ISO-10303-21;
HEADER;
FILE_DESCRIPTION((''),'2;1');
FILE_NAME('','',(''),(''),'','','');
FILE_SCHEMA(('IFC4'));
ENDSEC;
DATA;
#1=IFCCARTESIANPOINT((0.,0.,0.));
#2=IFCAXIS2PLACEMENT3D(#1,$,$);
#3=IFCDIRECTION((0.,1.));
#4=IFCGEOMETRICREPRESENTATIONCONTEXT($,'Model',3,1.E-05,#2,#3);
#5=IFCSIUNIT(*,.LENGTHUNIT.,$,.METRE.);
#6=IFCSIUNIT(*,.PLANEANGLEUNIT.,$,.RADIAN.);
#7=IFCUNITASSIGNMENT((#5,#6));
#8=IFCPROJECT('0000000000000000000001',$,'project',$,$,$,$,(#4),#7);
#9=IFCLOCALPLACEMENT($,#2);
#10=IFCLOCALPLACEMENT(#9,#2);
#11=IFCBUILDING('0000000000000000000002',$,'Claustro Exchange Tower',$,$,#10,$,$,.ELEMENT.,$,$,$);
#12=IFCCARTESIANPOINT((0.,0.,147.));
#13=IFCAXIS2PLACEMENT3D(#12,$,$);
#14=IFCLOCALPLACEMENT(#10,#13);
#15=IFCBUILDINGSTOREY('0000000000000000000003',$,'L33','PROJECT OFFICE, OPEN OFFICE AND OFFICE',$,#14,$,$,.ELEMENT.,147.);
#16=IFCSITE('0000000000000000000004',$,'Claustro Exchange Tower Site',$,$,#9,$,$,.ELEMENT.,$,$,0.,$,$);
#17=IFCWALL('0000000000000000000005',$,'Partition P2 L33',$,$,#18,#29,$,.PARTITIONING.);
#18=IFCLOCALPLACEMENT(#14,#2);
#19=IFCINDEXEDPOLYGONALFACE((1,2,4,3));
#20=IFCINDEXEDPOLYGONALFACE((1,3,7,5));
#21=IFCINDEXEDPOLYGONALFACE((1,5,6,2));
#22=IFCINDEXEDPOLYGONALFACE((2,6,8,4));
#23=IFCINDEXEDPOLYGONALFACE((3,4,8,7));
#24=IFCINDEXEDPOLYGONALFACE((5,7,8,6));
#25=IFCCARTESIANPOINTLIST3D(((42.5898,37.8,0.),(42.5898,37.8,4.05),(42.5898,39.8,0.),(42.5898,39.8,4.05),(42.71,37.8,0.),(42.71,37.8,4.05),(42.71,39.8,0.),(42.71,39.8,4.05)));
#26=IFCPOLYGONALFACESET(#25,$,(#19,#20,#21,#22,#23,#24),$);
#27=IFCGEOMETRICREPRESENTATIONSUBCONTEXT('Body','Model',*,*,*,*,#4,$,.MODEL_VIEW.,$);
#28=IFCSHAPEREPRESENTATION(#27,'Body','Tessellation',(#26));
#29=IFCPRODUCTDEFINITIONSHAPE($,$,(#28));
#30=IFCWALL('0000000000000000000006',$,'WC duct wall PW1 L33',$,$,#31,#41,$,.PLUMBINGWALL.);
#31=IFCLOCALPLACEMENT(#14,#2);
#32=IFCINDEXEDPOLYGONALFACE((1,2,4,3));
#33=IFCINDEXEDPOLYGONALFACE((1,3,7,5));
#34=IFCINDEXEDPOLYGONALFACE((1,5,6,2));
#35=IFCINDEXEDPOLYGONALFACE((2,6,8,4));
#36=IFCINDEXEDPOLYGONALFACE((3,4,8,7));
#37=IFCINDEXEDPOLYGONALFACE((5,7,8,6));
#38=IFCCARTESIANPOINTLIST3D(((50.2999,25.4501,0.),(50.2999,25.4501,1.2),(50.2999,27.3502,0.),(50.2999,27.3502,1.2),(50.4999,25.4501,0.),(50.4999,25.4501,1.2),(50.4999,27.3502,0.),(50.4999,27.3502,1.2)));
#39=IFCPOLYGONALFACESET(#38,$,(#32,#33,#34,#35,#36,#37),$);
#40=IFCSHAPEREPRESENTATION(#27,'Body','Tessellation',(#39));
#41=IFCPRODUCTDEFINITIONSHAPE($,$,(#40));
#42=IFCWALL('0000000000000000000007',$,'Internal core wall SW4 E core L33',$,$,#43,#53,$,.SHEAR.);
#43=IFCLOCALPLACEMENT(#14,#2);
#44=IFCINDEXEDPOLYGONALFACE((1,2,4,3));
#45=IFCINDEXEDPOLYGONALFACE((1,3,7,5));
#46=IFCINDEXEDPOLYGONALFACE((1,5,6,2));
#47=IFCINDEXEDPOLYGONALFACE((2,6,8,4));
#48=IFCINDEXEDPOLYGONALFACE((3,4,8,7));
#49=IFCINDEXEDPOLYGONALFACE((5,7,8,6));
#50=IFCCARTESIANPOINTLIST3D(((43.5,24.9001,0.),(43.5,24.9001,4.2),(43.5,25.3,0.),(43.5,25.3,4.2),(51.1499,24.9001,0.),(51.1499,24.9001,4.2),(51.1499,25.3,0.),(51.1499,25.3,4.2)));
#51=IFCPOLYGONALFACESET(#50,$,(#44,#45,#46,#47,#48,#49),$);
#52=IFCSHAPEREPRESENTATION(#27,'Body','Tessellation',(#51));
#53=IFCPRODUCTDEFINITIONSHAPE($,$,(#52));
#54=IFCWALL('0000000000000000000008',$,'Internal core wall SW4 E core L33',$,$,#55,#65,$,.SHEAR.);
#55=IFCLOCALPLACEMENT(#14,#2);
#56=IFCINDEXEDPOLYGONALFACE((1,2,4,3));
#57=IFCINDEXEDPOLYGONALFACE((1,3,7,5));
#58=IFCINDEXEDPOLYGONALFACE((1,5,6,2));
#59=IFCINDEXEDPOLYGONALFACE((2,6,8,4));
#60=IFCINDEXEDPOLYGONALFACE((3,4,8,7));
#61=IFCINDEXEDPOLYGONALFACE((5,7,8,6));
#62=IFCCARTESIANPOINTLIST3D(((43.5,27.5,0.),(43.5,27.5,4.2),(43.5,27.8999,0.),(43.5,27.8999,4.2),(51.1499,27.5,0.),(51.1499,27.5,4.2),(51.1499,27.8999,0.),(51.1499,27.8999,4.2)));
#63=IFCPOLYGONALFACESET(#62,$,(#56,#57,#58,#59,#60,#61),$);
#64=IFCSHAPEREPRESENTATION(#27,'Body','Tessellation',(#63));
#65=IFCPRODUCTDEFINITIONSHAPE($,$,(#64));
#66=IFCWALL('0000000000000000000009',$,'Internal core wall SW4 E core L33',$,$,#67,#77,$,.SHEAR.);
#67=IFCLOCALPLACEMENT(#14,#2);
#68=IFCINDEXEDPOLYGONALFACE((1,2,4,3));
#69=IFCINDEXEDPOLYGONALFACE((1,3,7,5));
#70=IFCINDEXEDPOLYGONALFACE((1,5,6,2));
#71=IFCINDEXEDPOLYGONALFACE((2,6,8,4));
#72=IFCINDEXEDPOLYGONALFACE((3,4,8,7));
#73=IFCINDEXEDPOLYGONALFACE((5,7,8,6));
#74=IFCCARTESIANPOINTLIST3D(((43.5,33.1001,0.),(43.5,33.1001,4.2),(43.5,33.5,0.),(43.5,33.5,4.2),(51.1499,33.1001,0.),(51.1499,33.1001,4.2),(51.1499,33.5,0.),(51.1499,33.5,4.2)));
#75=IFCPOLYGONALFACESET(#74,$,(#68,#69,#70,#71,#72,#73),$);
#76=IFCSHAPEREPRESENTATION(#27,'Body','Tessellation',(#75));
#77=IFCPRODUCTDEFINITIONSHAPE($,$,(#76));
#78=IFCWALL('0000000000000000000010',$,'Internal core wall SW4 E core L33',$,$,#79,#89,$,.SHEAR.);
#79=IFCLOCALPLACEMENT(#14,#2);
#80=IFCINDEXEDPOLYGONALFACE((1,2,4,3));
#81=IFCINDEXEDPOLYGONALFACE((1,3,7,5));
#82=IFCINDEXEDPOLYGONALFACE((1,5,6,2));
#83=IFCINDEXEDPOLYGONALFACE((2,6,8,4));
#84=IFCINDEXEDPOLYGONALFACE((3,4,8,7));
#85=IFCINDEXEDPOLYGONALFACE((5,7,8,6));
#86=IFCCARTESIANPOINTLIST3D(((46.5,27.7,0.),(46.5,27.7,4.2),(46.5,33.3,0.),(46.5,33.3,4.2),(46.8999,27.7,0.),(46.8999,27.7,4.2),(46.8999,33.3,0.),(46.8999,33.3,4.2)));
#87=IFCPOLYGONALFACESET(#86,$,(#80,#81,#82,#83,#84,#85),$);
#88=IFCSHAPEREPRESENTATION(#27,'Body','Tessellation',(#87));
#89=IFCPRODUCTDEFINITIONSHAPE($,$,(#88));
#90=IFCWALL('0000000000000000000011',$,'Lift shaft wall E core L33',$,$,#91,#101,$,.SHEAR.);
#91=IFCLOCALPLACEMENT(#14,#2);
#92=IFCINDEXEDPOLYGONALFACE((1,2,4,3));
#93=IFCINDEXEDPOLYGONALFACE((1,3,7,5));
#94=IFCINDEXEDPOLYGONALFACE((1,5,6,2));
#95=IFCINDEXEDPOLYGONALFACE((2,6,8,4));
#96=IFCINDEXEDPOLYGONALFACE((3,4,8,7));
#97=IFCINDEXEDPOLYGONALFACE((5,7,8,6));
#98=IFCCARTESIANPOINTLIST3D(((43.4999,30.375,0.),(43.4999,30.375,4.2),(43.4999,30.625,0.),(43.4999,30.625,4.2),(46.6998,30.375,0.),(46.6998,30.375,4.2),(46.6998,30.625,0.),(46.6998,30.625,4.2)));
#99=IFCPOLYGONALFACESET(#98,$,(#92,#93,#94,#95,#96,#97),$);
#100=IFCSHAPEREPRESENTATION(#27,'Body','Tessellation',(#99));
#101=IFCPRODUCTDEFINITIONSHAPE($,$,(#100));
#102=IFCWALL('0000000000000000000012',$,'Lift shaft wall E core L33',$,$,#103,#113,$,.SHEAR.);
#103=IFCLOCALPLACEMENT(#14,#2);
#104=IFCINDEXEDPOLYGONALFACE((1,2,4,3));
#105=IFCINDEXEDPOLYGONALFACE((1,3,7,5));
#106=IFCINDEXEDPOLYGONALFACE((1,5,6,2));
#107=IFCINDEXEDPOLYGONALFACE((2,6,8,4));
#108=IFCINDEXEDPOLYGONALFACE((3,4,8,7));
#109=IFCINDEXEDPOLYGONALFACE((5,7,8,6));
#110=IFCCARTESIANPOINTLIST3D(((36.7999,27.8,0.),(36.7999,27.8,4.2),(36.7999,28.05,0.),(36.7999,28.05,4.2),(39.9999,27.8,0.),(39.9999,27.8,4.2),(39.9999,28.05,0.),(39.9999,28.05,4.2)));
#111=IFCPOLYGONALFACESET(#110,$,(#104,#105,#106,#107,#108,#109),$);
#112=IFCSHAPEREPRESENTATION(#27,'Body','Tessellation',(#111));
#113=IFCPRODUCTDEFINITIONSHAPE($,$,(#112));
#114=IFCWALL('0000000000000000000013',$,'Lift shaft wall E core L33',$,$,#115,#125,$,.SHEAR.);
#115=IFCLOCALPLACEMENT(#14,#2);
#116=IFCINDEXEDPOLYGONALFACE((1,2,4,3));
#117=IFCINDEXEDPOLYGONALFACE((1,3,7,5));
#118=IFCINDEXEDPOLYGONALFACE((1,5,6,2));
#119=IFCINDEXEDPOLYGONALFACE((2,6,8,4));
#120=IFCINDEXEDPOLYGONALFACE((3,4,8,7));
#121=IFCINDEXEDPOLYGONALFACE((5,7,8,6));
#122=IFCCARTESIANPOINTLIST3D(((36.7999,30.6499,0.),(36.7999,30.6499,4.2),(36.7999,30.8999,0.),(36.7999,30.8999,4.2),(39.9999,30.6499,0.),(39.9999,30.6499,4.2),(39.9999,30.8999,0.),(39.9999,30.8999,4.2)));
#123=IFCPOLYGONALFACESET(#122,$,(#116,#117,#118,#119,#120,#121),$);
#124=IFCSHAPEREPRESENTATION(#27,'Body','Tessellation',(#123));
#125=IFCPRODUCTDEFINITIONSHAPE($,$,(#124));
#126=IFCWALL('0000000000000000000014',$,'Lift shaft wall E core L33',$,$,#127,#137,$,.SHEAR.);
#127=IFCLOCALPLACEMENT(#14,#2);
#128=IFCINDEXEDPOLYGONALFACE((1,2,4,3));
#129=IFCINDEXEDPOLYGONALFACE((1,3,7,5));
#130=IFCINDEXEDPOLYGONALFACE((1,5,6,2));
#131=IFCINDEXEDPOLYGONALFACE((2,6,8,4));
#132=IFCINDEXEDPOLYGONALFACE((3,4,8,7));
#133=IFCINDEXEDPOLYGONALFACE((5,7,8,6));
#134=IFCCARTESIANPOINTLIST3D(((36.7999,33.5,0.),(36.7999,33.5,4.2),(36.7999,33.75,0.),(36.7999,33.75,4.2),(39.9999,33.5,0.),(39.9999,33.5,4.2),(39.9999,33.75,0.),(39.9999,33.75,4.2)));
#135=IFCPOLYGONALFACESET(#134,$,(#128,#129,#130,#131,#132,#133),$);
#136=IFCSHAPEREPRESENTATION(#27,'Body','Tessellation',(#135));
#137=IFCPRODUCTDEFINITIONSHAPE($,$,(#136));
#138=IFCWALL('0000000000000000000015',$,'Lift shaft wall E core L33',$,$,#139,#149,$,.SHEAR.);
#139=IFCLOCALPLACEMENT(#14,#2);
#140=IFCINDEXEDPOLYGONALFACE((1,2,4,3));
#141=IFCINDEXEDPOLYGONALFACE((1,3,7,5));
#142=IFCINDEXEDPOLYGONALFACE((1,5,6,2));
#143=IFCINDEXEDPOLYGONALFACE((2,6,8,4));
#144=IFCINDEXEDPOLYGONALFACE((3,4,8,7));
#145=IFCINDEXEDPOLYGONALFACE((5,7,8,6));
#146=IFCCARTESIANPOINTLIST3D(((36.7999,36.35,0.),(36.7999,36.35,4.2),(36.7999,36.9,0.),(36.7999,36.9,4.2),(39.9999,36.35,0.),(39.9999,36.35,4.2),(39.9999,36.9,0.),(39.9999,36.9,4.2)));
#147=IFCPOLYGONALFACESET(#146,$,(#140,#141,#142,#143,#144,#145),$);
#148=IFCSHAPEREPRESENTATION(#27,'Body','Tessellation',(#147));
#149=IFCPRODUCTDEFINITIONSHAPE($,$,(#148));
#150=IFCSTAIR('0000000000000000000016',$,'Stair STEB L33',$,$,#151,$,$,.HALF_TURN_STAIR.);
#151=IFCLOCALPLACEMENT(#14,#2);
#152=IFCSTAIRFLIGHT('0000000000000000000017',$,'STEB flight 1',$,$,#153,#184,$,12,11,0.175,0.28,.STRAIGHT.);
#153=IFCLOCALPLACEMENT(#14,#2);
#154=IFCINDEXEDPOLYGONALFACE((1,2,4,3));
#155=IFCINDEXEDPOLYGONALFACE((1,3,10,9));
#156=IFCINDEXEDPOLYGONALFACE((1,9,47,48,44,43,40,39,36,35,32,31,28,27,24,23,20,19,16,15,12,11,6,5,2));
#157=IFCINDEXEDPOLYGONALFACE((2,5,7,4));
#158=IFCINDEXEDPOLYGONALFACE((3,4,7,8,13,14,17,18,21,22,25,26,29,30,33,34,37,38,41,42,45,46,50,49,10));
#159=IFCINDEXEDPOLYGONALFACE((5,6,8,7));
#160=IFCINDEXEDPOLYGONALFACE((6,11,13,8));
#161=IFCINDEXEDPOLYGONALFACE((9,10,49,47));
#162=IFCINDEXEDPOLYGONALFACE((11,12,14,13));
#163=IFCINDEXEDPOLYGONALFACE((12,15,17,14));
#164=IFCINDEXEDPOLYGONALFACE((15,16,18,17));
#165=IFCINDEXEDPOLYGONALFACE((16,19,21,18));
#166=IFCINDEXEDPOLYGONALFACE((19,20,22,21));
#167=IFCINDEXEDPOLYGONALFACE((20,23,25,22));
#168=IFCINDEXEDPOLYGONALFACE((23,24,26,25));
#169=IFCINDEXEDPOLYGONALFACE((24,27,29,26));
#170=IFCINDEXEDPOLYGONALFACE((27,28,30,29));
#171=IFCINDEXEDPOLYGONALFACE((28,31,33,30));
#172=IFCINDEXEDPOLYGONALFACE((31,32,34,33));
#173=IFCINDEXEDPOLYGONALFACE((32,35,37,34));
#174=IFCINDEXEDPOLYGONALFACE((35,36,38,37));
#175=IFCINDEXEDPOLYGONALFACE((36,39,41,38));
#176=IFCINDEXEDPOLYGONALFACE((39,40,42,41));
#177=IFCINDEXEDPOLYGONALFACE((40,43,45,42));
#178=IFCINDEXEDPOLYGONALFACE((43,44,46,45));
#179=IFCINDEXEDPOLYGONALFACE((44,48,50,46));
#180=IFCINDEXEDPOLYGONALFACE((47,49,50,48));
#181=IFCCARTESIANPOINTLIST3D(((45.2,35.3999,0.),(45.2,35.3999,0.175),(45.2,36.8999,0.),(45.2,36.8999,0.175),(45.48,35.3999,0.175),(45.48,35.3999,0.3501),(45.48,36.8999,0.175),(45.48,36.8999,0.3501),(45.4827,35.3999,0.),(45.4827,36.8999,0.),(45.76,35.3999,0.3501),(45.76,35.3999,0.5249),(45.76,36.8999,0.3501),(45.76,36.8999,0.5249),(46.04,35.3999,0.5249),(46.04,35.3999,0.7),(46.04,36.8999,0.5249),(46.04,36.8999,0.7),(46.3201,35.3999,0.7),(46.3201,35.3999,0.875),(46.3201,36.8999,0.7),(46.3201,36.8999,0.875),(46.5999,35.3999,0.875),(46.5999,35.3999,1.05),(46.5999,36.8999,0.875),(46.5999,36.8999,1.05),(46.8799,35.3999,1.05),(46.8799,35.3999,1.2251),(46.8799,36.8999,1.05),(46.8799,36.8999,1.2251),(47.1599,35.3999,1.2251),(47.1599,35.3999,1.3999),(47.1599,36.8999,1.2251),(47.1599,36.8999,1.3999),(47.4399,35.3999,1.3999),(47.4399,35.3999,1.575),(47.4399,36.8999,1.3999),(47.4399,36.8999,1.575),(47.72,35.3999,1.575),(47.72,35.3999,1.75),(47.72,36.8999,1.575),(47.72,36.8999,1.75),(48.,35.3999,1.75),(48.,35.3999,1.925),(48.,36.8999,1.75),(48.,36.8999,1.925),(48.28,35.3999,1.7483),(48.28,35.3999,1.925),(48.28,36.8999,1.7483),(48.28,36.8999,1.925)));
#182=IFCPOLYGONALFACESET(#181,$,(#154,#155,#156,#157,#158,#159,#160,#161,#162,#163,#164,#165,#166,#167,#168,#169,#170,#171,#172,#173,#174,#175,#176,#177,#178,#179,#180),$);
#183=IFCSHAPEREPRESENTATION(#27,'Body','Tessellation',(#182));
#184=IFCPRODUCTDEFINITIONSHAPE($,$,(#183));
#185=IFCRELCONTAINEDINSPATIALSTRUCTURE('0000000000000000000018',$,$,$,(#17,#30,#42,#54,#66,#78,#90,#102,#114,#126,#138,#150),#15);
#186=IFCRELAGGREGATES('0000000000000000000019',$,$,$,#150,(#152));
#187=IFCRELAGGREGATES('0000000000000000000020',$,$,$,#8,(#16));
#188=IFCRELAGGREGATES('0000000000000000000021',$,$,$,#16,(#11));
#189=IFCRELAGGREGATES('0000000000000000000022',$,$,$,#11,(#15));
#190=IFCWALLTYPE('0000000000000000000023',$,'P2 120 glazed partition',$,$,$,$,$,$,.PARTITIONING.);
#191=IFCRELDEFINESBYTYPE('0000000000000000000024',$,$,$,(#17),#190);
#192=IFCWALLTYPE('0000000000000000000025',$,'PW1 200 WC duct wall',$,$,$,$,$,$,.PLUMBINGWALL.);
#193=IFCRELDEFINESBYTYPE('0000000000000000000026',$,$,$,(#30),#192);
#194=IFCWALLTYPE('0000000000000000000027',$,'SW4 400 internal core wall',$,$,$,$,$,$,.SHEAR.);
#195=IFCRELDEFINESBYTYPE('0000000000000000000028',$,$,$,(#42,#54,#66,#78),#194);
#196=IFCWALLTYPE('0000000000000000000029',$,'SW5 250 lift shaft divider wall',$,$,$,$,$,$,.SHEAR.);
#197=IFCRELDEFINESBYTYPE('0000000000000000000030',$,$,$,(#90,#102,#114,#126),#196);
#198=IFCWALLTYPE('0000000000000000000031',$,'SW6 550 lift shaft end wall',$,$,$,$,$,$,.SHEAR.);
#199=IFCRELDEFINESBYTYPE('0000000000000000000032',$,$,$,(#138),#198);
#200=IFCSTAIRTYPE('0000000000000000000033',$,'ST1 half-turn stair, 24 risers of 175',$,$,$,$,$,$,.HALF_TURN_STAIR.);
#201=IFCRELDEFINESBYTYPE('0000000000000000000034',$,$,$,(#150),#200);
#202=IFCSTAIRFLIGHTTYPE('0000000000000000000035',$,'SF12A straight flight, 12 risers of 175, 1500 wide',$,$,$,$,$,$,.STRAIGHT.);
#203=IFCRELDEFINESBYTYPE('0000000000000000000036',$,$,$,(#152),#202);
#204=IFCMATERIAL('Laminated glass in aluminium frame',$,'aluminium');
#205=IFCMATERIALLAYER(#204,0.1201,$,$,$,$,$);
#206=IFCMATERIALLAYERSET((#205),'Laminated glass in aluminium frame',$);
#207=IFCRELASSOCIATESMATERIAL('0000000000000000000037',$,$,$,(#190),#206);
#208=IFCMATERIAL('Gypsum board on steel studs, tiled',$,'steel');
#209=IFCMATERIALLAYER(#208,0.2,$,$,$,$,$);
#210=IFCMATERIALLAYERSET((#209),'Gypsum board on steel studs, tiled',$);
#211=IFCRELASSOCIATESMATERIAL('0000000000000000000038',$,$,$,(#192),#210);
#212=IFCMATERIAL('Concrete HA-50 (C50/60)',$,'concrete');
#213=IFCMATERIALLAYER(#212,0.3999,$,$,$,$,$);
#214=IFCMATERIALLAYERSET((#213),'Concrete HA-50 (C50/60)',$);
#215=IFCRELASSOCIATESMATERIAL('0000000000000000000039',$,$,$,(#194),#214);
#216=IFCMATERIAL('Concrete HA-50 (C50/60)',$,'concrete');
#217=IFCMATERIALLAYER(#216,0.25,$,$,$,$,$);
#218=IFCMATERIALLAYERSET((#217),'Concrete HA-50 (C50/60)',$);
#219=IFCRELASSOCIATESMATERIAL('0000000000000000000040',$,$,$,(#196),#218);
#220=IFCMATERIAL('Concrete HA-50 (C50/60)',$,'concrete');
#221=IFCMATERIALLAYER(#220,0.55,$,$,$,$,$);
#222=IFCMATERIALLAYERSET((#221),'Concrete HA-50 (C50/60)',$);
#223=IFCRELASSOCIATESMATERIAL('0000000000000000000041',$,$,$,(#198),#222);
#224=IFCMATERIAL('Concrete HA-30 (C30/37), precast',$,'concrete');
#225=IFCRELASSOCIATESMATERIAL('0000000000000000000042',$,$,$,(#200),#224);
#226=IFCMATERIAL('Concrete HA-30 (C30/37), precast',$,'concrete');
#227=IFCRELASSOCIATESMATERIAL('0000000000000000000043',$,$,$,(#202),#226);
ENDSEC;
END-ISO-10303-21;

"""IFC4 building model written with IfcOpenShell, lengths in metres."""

from ifc_helpers import new_model, si_unit, direction, frame, frame_2d, origin, place, context, subcontext, project, spatial, polyline, rectangle, outline, extrude, material, layer, layer_set, type_object, element, aggregate, save


model = new_model("IFC4")

# Units and contexts
model_context = context("Model", 3, precision=1e-05, world=origin(), true_north=direction((0.0, 1.0)))
body_context = subcontext(model_context, "Body", "Model", "MODEL_VIEW")
ifc_project = project(units=[si_unit("LENGTHUNIT", "METRE"), si_unit("PLANEANGLEUNIT", "RADIAN")], contexts=[model_context])

# Site, building, storey
site_placement = place(None, origin())
site = spatial("IfcSite", under=ifc_project, at=site_placement, Name="Claustro Exchange Tower Site", CompositionType="ELEMENT", RefElevation=0.0)
building_placement = place(site_placement, origin())
building = spatial("IfcBuilding", under=site, at=building_placement, Name="Claustro Exchange Tower", CompositionType="ELEMENT")
storey_placement = place(building_placement, frame((0.0, 0.0, 147.0)))
storey = spatial("IfcBuildingStorey", under=building, at=storey_placement, Name="L33", Description="PROJECT OFFICE, OPEN OFFICE AND OFFICE", CompositionType="ELEMENT", Elevation=147.0)

# Walls
ifc_material_1 = material(Name="Laminated glass in aluminium frame", Category="aluminium")
ifc_layer_1 = layer(ifc_material_1, 0.1201)
ifc_layer_set_1 = layer_set([ifc_layer_1], Name="Laminated glass in aluminium frame")
wall_type_1 = type_object("IfcWallType", Name="P2 120 glazed partition", PredefinedType="PARTITIONING", material=ifc_layer_set_1)
wall_1_placement = place(storey_placement, frame((42.6499, 37.8, 0.0), z_axis=(0.0, 0.0, 1.0), x_axis=(0.0, 1.0, 0.0)))
element("IfcWall", 1, at=wall_1_placement, inside=storey, type_object=wall_type_1, Name="Partition P2 L33", PredefinedType="PARTITIONING", context=body_context, shape_type="SweptSolid", body=[
    extrude(rectangle(XDim=2.0, YDim=0.1201, at=frame_2d((1.0, 0.0))), origin(), (0.0, 0.0, 1.0), 4.05),
])
ifc_material_2 = material(Name="Gypsum board on steel studs, tiled", Category="steel")
ifc_layer_2 = layer(ifc_material_2, 0.2)
ifc_layer_set_2 = layer_set([ifc_layer_2], Name="Gypsum board on steel studs, tiled")
wall_type_2 = type_object("IfcWallType", Name="PW1 200 WC duct wall", PredefinedType="PLUMBINGWALL", material=ifc_layer_set_2)
wall_2_placement = place(storey_placement, frame((50.3999, 25.45, 0.0), z_axis=(0.0, 0.0, 1.0), x_axis=(0.0, 1.0, 0.0)))
element("IfcWall", 2, at=wall_2_placement, inside=storey, type_object=wall_type_2, Name="WC duct wall PW1 L33", PredefinedType="PLUMBINGWALL", context=body_context, shape_type="SweptSolid", body=[
    extrude(rectangle(XDim=1.9001, YDim=0.2, at=frame_2d((0.9502, 0.0))), origin(), (0.0, 0.0, 1.0), 1.2),
])
ifc_material_3 = material(Name="Concrete HA-50 (C50/60)", Category="concrete")
ifc_layer_3 = layer(ifc_material_3, 0.3999)
ifc_layer_set_3 = layer_set([ifc_layer_3], Name="Concrete HA-50 (C50/60)")
wall_type_3 = type_object("IfcWallType", Name="SW4 400 internal core wall", PredefinedType="SHEAR", material=ifc_layer_set_3)
for number, where, z_axis, x_axis, name in (
    (3, (51.1499, 25.1001, 0.0), (0.0, 0.0, 1.0), (-1.0, 0.0, 0.0), "Internal core wall SW4 E core L33"),
    (4, (51.1499, 27.7, 0.0), (0.0, 0.0, 1.0), (-1.0, 0.0, 0.0), "Internal core wall SW4 E core L33"),
    (5, (51.1499, 33.3, 0.0), (0.0, 0.0, 1.0), (-1.0, 0.0, 0.0), "Internal core wall SW4 E core L33"),
):
    element("IfcWall", number, at=place(storey_placement, frame(where, z_axis=z_axis, x_axis=x_axis)), inside=storey, type_object=wall_type_3, Name=name, PredefinedType="SHEAR", context=body_context, shape_type="SweptSolid", body=[
        extrude(rectangle(XDim=7.6499, YDim=0.3999, at=frame_2d((3.825, 0.0))), origin(), (0.0, 0.0, 1.0), 4.2),
    ])
wall_3_placement = place(storey_placement, frame((46.7, 27.7, 0.0), z_axis=(0.0, 0.0, 1.0), x_axis=(0.0, 1.0, 0.0)))
element("IfcWall", 6, at=wall_3_placement, inside=storey, type_object=wall_type_3, Name="Internal core wall SW4 E core L33", PredefinedType="SHEAR", context=body_context, shape_type="SweptSolid", body=[
    extrude(rectangle(XDim=5.6001, YDim=0.3999, at=frame_2d((2.8, 0.0))), origin(), (0.0, 0.0, 1.0), 4.2),
])
ifc_material_4 = material(Name="Concrete HA-50 (C50/60)", Category="concrete")
ifc_layer_4 = layer(ifc_material_4, 0.25)
ifc_layer_set_4 = layer_set([ifc_layer_4], Name="Concrete HA-50 (C50/60)")
wall_type_4 = type_object("IfcWallType", Name="SW5 250 lift shaft divider wall", PredefinedType="SHEAR", material=ifc_layer_set_4)
for number, where, z_axis, x_axis, name in (
    (7, (46.7, 30.5, 0.0), (0.0, 0.0, 1.0), (-1.0, 0.0, 0.0), "Lift shaft wall E core L33"),
    (8, (40.0, 27.925, 0.0), (0.0, 0.0, 1.0), (-1.0, 0.0, 0.0), "Lift shaft wall E core L33"),
    (9, (40.0, 30.7749, 0.0), (0.0, 0.0, 1.0), (-1.0, 0.0, 0.0), "Lift shaft wall E core L33"),
    (10, (40.0, 33.625, 0.0), (0.0, 0.0, 1.0), (-1.0, 0.0, 0.0), "Lift shaft wall E core L33"),
):
    element("IfcWall", number, at=place(storey_placement, frame(where, z_axis=z_axis, x_axis=x_axis)), inside=storey, type_object=wall_type_4, Name=name, PredefinedType="SHEAR", context=body_context, shape_type="SweptSolid", body=[
        extrude(rectangle(XDim=3.2, YDim=0.25, at=frame_2d((1.6001, 0.0))), origin(), (0.0, 0.0, 1.0), 4.2),
    ])
ifc_material_5 = material(Name="Concrete HA-50 (C50/60)", Category="concrete")
ifc_layer_5 = layer(ifc_material_5, 0.55)
ifc_layer_set_5 = layer_set([ifc_layer_5], Name="Concrete HA-50 (C50/60)")
wall_type_5 = type_object("IfcWallType", Name="SW6 550 lift shaft end wall", PredefinedType="SHEAR", material=ifc_layer_set_5)
wall_4_placement = place(storey_placement, frame((40.0, 36.625, 0.0), z_axis=(0.0, 0.0, 1.0), x_axis=(-1.0, 0.0, 0.0)))
element("IfcWall", 11, at=wall_4_placement, inside=storey, type_object=wall_type_5, Name="Lift shaft wall E core L33", PredefinedType="SHEAR", context=body_context, shape_type="SweptSolid", body=[
    extrude(rectangle(XDim=3.2, YDim=0.55, at=frame_2d((1.6001, 0.0))), origin(), (0.0, 0.0, 1.0), 4.2),
])

# Stair, stair flight
ifc_material_6 = material(Name="Concrete HA-30 (C30/37), precast", Category="concrete")
stair_type = type_object("IfcStairType", Name="ST1 half-turn stair, 24 risers of 175", PredefinedType="HALF_TURN_STAIR", material=ifc_material_6)
stair_placement = place(storey_placement, origin())
stair = element("IfcStair", 12, at=stair_placement, inside=storey, type_object=stair_type, Name="Stair STEB L33", PredefinedType="HALF_TURN_STAIR")
ifc_material_7 = material(Name="Concrete HA-30 (C30/37), precast", Category="concrete")
stair_flight_type = type_object("IfcStairFlightType", Name="SF12A straight flight, 12 risers of 175, 1500 wide", PredefinedType="STRAIGHT", material=ifc_material_7)
stair_flight_1_placement = place(storey_placement, frame((45.2, 36.1499, 0.0), z_axis=(0.0, 0.0, 1.0), x_axis=(1.0, 0.0, 0.0)))
stair_flight_1 = element("IfcStairFlight", 13, at=stair_flight_1_placement, type_object=stair_flight_type, Name="STEB flight 1", NumberOfRisers=12, NumberOfTreads=11, PredefinedType="STRAIGHT", RiserHeight=0.175, TreadLength=0.28, context=body_context, shape_type="SweptSolid", body=[
    extrude(outline(polyline([(0.0, 0.0), (0.0, 0.175), (0.28, 0.175), (0.28, 0.3501), (0.5601, 0.3501), (0.5601, 0.5249), (0.8401, 0.5249), (0.8401, 0.7), (1.1201, 0.7), (1.1201, 0.875), (1.3999, 0.875), (1.3999, 1.05), (1.6799, 1.05), (1.6799, 1.2251), (1.96, 1.2251), (1.96, 1.3999), (2.24, 1.3999), (2.24, 1.575), (2.52, 1.575), (2.52, 1.75), (2.8, 1.75), (2.8, 1.925), (3.0801, 1.925), (3.0801, 2.1001), (3.0801, 1.7483), (0.2827, 0.0), (0.0, 0.0)])), frame((0.0, 0.75, 0.0), z_axis=(0.0, -1.0, 0.0), x_axis=(1.0, 0.0, 0.0)), (0.0, 0.0, 1.0), 1.5),
])
aggregate(stair, [stair_flight_1])

save(model, "model.ifc")
